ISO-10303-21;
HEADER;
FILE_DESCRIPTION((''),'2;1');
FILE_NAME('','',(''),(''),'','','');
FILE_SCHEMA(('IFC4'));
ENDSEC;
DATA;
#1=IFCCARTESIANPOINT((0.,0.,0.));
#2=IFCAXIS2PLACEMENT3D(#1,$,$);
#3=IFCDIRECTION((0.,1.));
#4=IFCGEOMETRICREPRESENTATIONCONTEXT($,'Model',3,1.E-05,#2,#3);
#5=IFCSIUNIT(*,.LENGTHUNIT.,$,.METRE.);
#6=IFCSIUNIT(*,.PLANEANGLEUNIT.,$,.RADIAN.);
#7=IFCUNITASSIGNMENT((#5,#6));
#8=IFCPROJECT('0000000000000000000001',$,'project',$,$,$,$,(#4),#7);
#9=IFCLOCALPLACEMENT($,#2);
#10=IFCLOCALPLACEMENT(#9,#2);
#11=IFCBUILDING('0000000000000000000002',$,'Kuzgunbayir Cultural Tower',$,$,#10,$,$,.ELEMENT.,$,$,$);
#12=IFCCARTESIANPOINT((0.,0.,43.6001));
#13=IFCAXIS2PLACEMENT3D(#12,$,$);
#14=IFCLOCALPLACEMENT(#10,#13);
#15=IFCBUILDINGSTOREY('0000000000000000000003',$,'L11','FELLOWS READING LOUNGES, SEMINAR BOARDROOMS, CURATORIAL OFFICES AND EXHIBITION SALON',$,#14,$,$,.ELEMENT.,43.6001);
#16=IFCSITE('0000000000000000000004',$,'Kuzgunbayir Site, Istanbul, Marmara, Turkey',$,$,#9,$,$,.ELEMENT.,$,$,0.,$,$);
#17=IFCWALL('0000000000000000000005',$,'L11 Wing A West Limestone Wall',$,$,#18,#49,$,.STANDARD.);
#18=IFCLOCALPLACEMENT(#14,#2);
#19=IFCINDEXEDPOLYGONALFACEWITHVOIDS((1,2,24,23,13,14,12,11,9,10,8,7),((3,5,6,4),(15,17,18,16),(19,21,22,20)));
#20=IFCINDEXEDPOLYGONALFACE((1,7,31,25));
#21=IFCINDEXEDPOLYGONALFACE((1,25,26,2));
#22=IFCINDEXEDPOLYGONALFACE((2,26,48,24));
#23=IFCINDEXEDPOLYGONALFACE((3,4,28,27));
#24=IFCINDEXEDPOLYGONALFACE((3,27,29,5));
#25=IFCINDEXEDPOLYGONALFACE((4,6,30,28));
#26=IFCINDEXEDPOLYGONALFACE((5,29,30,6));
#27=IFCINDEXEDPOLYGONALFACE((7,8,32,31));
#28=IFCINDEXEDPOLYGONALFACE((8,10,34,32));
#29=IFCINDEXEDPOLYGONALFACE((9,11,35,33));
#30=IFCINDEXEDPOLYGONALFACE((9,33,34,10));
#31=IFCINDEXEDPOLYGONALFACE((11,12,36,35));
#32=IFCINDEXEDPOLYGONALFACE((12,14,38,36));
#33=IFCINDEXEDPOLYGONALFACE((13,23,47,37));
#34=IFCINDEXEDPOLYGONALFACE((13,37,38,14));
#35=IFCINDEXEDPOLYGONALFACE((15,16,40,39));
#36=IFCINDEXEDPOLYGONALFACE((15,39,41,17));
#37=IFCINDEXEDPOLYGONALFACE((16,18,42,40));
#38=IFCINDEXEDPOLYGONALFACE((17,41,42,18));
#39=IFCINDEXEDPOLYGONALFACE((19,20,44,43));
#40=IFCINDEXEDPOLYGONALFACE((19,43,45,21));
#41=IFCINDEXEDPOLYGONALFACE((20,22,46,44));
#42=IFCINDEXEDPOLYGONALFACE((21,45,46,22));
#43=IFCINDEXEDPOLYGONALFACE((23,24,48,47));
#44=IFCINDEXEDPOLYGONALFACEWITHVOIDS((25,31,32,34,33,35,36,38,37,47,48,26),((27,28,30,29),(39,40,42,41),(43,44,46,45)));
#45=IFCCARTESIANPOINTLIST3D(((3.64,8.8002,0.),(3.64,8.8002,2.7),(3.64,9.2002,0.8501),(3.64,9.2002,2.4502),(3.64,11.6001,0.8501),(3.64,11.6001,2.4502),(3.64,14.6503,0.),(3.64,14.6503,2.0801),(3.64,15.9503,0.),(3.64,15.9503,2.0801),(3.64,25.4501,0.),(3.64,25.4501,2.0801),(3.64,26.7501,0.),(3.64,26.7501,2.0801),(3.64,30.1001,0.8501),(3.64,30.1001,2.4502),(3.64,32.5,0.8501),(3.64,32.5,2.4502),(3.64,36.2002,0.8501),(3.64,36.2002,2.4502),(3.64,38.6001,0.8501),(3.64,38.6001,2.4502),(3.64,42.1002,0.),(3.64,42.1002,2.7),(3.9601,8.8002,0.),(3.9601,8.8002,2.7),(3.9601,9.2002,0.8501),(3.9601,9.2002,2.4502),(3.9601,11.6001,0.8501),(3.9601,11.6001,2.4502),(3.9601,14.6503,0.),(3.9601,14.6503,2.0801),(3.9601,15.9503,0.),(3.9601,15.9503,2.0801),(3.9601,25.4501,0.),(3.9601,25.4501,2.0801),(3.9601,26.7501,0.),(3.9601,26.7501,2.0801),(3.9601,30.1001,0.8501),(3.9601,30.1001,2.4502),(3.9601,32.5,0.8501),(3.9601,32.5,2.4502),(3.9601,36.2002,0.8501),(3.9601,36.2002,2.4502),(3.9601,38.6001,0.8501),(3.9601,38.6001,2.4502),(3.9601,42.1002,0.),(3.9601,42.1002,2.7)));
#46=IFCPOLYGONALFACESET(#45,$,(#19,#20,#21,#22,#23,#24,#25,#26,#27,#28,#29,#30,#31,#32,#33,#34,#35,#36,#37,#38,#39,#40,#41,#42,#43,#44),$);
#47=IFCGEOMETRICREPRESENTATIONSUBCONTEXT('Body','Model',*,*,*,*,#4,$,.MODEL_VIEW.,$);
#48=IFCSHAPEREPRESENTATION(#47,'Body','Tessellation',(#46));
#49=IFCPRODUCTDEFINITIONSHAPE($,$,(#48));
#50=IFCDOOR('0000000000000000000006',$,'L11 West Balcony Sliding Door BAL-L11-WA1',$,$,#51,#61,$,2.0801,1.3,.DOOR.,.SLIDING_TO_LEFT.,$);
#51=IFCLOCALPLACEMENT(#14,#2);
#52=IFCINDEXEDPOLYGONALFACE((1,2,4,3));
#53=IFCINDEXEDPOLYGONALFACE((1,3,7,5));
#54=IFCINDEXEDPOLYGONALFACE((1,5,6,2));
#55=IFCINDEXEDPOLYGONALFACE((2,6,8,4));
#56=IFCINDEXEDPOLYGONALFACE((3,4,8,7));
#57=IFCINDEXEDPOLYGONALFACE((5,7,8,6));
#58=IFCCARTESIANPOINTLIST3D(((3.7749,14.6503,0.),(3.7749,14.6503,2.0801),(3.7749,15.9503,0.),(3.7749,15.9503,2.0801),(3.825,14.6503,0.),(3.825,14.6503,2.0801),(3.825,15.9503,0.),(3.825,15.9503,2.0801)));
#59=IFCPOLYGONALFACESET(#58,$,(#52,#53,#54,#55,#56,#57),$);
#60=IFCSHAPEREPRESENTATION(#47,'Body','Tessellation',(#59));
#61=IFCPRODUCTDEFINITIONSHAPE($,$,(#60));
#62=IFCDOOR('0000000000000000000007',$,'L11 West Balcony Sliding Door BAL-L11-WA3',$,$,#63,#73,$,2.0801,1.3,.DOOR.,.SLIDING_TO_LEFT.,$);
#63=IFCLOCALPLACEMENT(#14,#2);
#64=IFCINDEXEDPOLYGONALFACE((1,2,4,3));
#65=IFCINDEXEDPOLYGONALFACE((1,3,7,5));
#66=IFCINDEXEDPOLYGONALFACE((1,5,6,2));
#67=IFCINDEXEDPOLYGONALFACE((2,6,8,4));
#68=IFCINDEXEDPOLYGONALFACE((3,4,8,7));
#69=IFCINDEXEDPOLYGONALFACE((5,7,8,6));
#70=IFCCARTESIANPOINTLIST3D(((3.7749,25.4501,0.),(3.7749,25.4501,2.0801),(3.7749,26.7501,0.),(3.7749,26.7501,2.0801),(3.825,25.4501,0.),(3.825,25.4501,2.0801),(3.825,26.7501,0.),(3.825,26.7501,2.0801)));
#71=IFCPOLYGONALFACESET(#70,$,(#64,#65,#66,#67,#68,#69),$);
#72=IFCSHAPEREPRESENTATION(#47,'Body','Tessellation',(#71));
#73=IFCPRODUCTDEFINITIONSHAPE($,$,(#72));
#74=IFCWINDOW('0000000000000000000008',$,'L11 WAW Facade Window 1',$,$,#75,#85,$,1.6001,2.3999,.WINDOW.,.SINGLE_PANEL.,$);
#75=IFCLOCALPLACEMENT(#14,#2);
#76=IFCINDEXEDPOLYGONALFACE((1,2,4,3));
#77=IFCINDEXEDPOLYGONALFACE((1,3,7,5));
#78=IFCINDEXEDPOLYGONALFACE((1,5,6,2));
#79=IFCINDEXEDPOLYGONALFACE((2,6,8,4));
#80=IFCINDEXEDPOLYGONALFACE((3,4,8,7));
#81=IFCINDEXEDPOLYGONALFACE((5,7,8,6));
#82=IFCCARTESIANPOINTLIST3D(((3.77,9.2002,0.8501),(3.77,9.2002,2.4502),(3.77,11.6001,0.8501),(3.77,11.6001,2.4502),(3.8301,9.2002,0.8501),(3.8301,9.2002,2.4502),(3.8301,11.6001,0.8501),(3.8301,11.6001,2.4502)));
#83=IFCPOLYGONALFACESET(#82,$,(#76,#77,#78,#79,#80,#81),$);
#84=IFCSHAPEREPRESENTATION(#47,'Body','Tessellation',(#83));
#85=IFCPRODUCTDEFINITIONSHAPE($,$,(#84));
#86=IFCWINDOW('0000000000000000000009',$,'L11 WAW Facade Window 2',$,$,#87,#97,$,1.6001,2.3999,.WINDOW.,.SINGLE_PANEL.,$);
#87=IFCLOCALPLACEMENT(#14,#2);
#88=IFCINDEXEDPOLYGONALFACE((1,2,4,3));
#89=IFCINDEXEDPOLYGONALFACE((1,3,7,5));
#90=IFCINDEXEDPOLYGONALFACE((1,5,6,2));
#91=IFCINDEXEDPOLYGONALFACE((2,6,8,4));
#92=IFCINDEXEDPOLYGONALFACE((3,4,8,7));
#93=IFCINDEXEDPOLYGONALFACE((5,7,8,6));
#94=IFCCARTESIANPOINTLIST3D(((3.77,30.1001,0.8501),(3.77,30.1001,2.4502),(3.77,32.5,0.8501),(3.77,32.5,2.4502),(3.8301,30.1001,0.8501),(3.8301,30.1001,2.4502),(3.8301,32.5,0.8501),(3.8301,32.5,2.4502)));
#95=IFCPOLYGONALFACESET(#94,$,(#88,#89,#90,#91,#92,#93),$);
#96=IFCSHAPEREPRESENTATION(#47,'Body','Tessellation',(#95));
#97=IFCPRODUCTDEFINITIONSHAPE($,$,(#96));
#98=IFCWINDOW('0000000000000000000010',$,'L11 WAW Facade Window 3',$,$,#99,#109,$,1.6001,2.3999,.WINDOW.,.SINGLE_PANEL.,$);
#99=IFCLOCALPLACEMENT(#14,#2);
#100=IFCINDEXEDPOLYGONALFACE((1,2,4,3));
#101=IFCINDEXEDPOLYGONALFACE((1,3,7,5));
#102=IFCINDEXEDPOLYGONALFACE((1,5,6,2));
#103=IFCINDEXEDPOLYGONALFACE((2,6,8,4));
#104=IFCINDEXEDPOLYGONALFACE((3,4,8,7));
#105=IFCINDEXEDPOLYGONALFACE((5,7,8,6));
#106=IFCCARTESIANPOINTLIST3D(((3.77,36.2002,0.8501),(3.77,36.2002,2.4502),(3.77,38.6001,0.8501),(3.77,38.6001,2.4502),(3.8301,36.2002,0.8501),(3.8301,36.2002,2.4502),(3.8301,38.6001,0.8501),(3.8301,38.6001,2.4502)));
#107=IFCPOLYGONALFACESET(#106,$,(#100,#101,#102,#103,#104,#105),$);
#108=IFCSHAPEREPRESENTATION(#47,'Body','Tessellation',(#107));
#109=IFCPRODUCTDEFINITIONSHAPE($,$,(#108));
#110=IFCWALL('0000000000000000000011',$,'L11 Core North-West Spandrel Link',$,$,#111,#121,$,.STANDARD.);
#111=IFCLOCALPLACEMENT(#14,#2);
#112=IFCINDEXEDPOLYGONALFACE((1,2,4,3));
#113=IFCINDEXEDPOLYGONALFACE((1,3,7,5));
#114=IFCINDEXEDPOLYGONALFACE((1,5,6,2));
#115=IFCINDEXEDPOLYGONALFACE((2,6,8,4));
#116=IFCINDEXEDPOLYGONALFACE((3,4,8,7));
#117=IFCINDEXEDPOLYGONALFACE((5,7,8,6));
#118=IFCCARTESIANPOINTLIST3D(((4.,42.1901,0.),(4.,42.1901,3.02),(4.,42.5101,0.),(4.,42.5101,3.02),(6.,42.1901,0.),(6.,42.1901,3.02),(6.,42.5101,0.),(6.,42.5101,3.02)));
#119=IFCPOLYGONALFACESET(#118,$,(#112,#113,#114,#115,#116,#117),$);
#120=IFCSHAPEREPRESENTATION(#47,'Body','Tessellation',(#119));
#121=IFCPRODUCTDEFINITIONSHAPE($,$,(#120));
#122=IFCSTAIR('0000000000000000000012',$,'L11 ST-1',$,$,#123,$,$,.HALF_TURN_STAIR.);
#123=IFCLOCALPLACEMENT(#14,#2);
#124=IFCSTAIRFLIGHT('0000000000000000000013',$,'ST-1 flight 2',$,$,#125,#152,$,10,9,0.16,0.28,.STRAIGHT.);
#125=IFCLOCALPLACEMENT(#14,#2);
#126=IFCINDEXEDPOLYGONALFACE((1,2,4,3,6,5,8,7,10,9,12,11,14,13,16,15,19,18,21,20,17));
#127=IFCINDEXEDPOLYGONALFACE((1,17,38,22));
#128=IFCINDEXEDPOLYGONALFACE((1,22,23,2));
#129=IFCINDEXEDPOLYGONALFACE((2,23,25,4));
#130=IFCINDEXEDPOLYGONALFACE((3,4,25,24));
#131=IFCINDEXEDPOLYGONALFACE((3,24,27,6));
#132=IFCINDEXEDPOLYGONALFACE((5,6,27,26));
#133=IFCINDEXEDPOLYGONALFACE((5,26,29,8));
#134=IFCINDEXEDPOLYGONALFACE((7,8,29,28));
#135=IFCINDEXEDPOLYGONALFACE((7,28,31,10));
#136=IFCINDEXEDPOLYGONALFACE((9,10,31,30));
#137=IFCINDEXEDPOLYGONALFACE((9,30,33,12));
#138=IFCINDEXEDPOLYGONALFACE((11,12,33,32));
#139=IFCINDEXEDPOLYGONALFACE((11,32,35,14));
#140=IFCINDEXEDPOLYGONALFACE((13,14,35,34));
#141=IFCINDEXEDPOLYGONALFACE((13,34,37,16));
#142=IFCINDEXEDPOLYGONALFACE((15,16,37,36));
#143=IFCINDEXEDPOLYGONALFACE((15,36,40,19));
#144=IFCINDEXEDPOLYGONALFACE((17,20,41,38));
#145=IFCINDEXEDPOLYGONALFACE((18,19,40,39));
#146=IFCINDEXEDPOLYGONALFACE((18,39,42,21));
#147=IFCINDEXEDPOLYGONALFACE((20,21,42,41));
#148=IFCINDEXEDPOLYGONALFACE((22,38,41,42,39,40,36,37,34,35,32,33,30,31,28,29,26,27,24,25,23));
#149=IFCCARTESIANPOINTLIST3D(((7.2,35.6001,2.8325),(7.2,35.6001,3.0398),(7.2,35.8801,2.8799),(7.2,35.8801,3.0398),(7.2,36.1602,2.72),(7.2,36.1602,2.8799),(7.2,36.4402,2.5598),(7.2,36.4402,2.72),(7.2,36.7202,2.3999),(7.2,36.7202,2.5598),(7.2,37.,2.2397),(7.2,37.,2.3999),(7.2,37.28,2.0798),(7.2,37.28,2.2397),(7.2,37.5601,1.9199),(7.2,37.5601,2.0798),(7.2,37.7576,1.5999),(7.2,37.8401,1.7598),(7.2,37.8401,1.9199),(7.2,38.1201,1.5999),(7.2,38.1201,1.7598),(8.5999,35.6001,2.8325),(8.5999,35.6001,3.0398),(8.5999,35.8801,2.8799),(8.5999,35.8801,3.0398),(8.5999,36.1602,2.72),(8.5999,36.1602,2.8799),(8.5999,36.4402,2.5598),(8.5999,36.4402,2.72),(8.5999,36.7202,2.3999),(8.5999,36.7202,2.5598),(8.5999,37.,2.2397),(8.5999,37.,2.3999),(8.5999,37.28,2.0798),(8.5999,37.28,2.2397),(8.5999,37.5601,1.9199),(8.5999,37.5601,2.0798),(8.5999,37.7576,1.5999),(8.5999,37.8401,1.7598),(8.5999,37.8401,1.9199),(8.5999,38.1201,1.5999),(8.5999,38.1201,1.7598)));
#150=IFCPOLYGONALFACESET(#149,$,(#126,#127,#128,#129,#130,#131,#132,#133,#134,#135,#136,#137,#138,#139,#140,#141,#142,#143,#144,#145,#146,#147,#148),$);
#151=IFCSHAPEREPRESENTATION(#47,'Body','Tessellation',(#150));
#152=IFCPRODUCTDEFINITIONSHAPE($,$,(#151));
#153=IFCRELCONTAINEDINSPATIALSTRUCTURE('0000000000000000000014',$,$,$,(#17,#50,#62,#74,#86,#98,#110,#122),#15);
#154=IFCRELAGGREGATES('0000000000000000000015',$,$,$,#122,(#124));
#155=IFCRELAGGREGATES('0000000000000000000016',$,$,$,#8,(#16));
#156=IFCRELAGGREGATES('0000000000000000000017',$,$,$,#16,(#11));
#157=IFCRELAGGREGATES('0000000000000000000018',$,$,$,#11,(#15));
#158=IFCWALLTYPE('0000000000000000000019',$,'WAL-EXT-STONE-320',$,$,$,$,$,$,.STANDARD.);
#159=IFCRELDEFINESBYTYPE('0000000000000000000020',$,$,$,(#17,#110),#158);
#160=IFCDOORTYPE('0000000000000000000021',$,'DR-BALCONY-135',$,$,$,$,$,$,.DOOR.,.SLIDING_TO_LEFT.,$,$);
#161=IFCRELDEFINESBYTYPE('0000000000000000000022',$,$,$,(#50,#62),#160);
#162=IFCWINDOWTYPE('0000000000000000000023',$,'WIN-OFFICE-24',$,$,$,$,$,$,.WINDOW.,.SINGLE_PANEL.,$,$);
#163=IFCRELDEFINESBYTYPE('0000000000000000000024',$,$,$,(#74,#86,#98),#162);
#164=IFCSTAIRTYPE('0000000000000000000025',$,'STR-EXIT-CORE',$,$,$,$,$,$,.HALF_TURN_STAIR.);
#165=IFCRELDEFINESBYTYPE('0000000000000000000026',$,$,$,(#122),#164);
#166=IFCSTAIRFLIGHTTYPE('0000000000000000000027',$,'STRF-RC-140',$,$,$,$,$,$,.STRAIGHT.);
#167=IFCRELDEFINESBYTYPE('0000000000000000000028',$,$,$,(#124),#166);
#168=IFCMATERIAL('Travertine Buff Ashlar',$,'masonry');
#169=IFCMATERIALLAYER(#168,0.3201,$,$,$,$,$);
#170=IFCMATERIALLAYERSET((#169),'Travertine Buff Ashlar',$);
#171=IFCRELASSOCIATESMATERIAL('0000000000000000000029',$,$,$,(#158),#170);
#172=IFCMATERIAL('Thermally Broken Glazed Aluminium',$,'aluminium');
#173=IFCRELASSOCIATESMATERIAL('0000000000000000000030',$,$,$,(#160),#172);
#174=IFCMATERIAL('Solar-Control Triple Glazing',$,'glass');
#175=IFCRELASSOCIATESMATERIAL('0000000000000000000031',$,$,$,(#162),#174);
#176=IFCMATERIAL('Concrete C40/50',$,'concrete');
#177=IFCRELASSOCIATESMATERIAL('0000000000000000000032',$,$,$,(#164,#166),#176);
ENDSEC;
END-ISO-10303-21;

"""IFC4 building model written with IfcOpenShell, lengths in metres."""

from ifc_helpers import new_model, si_unit, direction, frame, frame_2d, origin, place, context, subcontext, project, spatial, polyline, rectangle, outline, extrude, material, layer, layer_set, type_object, element, fill, aggregate, save


model = new_model("IFC4")

# Units and contexts
model_context = context("Model", 3, precision=1e-05, world=origin(), true_north=direction((0.0, 1.0)))
body_context = subcontext(model_context, "Body", "Model", "MODEL_VIEW")
ifc_project = project(units=[si_unit("LENGTHUNIT", "METRE"), si_unit("PLANEANGLEUNIT", "RADIAN")], contexts=[model_context])

# Site, building, storey
site_placement = place(None, origin())
site = spatial("IfcSite", under=ifc_project, at=site_placement, Name="Kuzgunbayir Site, Istanbul, Marmara, Turkey", CompositionType="ELEMENT", RefElevation=0.0)
building_placement = place(site_placement, origin())
building = spatial("IfcBuilding", under=site, at=building_placement, Name="Kuzgunbayir Cultural Tower", CompositionType="ELEMENT")
storey_placement = place(building_placement, frame((0.0, 0.0, 43.6001)))
storey = spatial("IfcBuildingStorey", under=building, at=storey_placement, Name="L11", Description="FELLOWS READING LOUNGES, SEMINAR BOARDROOMS, CURATORIAL OFFICES AND EXHIBITION SALON", CompositionType="ELEMENT", Elevation=43.6001)

# Wall, openings, doors, windows
ifc_material_1 = material(Name="Travertine Buff Ashlar", Category="masonry")
ifc_layer_1 = layer(ifc_material_1, 0.3201)
ifc_layer_set_1 = layer_set([ifc_layer_1], Name="Travertine Buff Ashlar")
wall_type_1 = type_object("IfcWallType", Name="WAL-EXT-STONE-320", PredefinedType="STANDARD", material=ifc_layer_set_1)
wall_1_placement = place(storey_placement, frame((3.8, 42.1001, 0.0), z_axis=(0.0, 0.0, 1.0), x_axis=(0.0, -1.0, 0.0)))
wall_1 = element("IfcWall", 1, at=wall_1_placement, inside=storey, type_object=wall_type_1, Name="L11 Wing A West Limestone Wall", PredefinedType="STANDARD", context=body_context, shape_type="SweptSolid", body=[
    extrude(rectangle(XDim=33.3, YDim=0.3201, at=frame_2d((16.6499, 0.0))), origin(), (0.0, 0.0, 1.0), 2.7),
])
opening_1_placement = place(wall_1_placement, frame((26.1499, 0.0, 0.0)))
opening_1 = element("IfcOpeningElement", 2, at=opening_1_placement, cuts=wall_1, PredefinedType="OPENING", context=body_context, shape_type="SweptSolid", body=[
    extrude(rectangle(XDim=1.3, YDim=2.0801, at=frame_2d((0.6499, 1.04))), frame((0.0, 0.1699, 0.0), z_axis=(0.0, -1.0, 0.0), x_axis=(1.0, 0.0, 0.0)), (0.0, 0.0, 1.0), 0.3401),
])
opening_2_placement = place(wall_1_placement, frame((15.3501, 0.0, 0.0)))
opening_2 = element("IfcOpeningElement", 3, at=opening_2_placement, cuts=wall_1, PredefinedType="OPENING", context=body_context, shape_type="SweptSolid", body=[
    extrude(rectangle(XDim=1.3, YDim=2.0801, at=frame_2d((0.6499, 1.04))), frame((0.0, 0.1699, 0.0), z_axis=(0.0, -1.0, 0.0), x_axis=(1.0, 0.0, 0.0)), (0.0, 0.0, 1.0), 0.3401),
])
opening_3_placement = place(wall_1_placement, frame((30.5, 0.0, 0.8501)))
opening_3 = element("IfcOpeningElement", 4, at=opening_3_placement, cuts=wall_1, PredefinedType="OPENING", context=body_context, shape_type="SweptSolid", body=[
    extrude(rectangle(XDim=2.3999, YDim=1.6001, at=frame_2d((1.2, 0.8))), frame((0.0, 0.1699, 0.0), z_axis=(0.0, -1.0, 0.0), x_axis=(1.0, 0.0, 0.0)), (0.0, 0.0, 1.0), 0.3401),
])
opening_4_placement = place(wall_1_placement, frame((9.6001, 0.0, 0.8501)))
opening_4 = element("IfcOpeningElement", 5, at=opening_4_placement, cuts=wall_1, PredefinedType="OPENING", context=body_context, shape_type="SweptSolid", body=[
    extrude(rectangle(XDim=2.3999, YDim=1.6001, at=frame_2d((1.2, 0.8))), frame((0.0, 0.1699, 0.0), z_axis=(0.0, -1.0, 0.0), x_axis=(1.0, 0.0, 0.0)), (0.0, 0.0, 1.0), 0.3401),
])
opening_5_placement = place(wall_1_placement, frame((3.5, 0.0, 0.8501)))
opening_5 = element("IfcOpeningElement", 6, at=opening_5_placement, cuts=wall_1, PredefinedType="OPENING", context=body_context, shape_type="SweptSolid", body=[
    extrude(rectangle(XDim=2.3999, YDim=1.6001, at=frame_2d((1.2, 0.8))), frame((0.0, 0.1699, 0.0), z_axis=(0.0, -1.0, 0.0), x_axis=(1.0, 0.0, 0.0)), (0.0, 0.0, 1.0), 0.3401),
])
ifc_material_2 = material(Name="Thermally Broken Glazed Aluminium", Category="aluminium")
door_type = type_object("IfcDoorType", Name="DR-BALCONY-135", OperationType="SLIDING_TO_LEFT", PredefinedType="DOOR", material=ifc_material_2)
door_1_placement = place(opening_1_placement, origin())
door_1 = element("IfcDoor", 7, at=door_1_placement, inside=storey, type_object=door_type, Name="L11 West Balcony Sliding Door BAL-L11-WA1", OperationType="SLIDING_TO_LEFT", OverallHeight=2.0801, OverallWidth=1.3, PredefinedType="DOOR", context=body_context, shape_type="SweptSolid", body=[
    extrude(rectangle(XDim=1.3, YDim=2.0801, at=frame_2d((0.6499, 1.04))), frame((0.0, 0.0249, 0.0), z_axis=(0.0, -1.0, 0.0), x_axis=(1.0, 0.0, 0.0)), (0.0, 0.0, 1.0), 0.05),
])
fill(opening_1, door_1)
door_2_placement = place(opening_2_placement, origin())
door_2 = element("IfcDoor", 8, at=door_2_placement, inside=storey, type_object=door_type, Name="L11 West Balcony Sliding Door BAL-L11-WA3", OperationType="SLIDING_TO_LEFT", OverallHeight=2.0801, OverallWidth=1.3, PredefinedType="DOOR", context=body_context, shape_type="SweptSolid", body=[
    extrude(rectangle(XDim=1.3, YDim=2.0801, at=frame_2d((0.6499, 1.04))), frame((0.0, 0.0249, 0.0), z_axis=(0.0, -1.0, 0.0), x_axis=(1.0, 0.0, 0.0)), (0.0, 0.0, 1.0), 0.05),
])
fill(opening_2, door_2)
ifc_material_3 = material(Name="Solar-Control Triple Glazing", Category="glass")
window_type = type_object("IfcWindowType", Name="WIN-OFFICE-24", PartitioningType="SINGLE_PANEL", PredefinedType="WINDOW", material=ifc_material_3)
window_1_placement = place(opening_3_placement, origin())
window_1 = element("IfcWindow", 9, at=window_1_placement, inside=storey, type_object=window_type, Name="L11 WAW Facade Window 1", OverallHeight=1.6001, OverallWidth=2.3999, PartitioningType="SINGLE_PANEL", PredefinedType="WINDOW", context=body_context, shape_type="SweptSolid", body=[
    extrude(rectangle(XDim=2.3999, YDim=1.6001, at=frame_2d((1.2, 0.8))), frame((0.0, 0.03, 0.0), z_axis=(0.0, -1.0, 0.0), x_axis=(1.0, 0.0, 0.0)), (0.0, 0.0, 1.0), 0.0601),
])
fill(opening_3, window_1)
window_2_placement = place(opening_4_placement, origin())
window_2 = element("IfcWindow", 10, at=window_2_placement, inside=storey, type_object=window_type, Name="L11 WAW Facade Window 2", OverallHeight=1.6001, OverallWidth=2.3999, PartitioningType="SINGLE_PANEL", PredefinedType="WINDOW", context=body_context, shape_type="SweptSolid", body=[
    extrude(rectangle(XDim=2.3999, YDim=1.6001, at=frame_2d((1.2, 0.8))), frame((0.0, 0.03, 0.0), z_axis=(0.0, -1.0, 0.0), x_axis=(1.0, 0.0, 0.0)), (0.0, 0.0, 1.0), 0.0601),
])
fill(opening_4, window_2)
window_3_placement = place(opening_5_placement, origin())
window_3 = element("IfcWindow", 11, at=window_3_placement, inside=storey, type_object=window_type, Name="L11 WAW Facade Window 3", OverallHeight=1.6001, OverallWidth=2.3999, PartitioningType="SINGLE_PANEL", PredefinedType="WINDOW", context=body_context, shape_type="SweptSolid", body=[
    extrude(rectangle(XDim=2.3999, YDim=1.6001, at=frame_2d((1.2, 0.8))), frame((0.0, 0.03, 0.0), z_axis=(0.0, -1.0, 0.0), x_axis=(1.0, 0.0, 0.0)), (0.0, 0.0, 1.0), 0.0601),
])
fill(opening_5, window_3)

# Wall
wall_2_placement = place(storey_placement, frame((6.0, 42.3501, 0.0), z_axis=(0.0, 0.0, 1.0), x_axis=(-1.0, 0.0, 0.0)))
element("IfcWall", 12, at=wall_2_placement, inside=storey, type_object=wall_type_1, Name="L11 Core North-West Spandrel Link", PredefinedType="STANDARD", context=body_context, shape_type="SweptSolid", body=[
    extrude(rectangle(XDim=2.0, YDim=0.3201, at=frame_2d((1.0, 0.0))), origin(), (0.0, 0.0, 1.0), 3.02),
])

# Stair, stair flight
ifc_material_4 = material(Name="Concrete C40/50", Category="concrete")
stair_type = type_object("IfcStairType", Name="STR-EXIT-CORE", PredefinedType="HALF_TURN_STAIR", material=ifc_material_4)
stair_placement = place(storey_placement, origin())
stair = element("IfcStair", 13, at=stair_placement, inside=storey, type_object=stair_type, Name="L11 ST-1", PredefinedType="HALF_TURN_STAIR")
stair_flight_type = type_object("IfcStairFlightType", Name="STRF-RC-140", PredefinedType="STRAIGHT", material=ifc_material_4)
stair_flight_placement = place(storey_placement, frame((7.8999, 38.1201, 1.5999), z_axis=(0.0, 0.0, 1.0), x_axis=(0.0, -1.0, 0.0)))
stair_flight = element("IfcStairFlight", 14, at=stair_flight_placement, type_object=stair_flight_type, Name="ST-1 flight 2", NumberOfRisers=10, NumberOfTreads=9, PredefinedType="STRAIGHT", RiserHeight=0.16, TreadLength=0.28, context=body_context, shape_type="SweptSolid", body=[
    extrude(outline(polyline([(0.0, 0.0), (0.0, 0.1599), (0.28, 0.1599), (0.28, 0.3201), (0.5601, 0.3201), (0.5601, 0.48), (0.8401, 0.48), (0.8401, 0.6399), (1.1201, 0.6399), (1.1201, 0.8), (1.3999, 0.8), (1.3999, 0.96), (1.6799, 0.96), (1.6799, 1.1201), (1.96, 1.1201), (1.96, 1.28), (2.24, 1.28), (2.24, 1.4399), (2.52, 1.4399), (2.52, 1.6001), (2.52, 1.2327), (0.3625, 0.0), (0.0, 0.0)])), frame((0.0, 0.7, 0.0), z_axis=(0.0, -1.0, 0.0), x_axis=(1.0, 0.0, 0.0)), (0.0, 0.0, 1.0), 1.3999),
])
aggregate(stair, [stair_flight])

save(model, "model.ifc")
